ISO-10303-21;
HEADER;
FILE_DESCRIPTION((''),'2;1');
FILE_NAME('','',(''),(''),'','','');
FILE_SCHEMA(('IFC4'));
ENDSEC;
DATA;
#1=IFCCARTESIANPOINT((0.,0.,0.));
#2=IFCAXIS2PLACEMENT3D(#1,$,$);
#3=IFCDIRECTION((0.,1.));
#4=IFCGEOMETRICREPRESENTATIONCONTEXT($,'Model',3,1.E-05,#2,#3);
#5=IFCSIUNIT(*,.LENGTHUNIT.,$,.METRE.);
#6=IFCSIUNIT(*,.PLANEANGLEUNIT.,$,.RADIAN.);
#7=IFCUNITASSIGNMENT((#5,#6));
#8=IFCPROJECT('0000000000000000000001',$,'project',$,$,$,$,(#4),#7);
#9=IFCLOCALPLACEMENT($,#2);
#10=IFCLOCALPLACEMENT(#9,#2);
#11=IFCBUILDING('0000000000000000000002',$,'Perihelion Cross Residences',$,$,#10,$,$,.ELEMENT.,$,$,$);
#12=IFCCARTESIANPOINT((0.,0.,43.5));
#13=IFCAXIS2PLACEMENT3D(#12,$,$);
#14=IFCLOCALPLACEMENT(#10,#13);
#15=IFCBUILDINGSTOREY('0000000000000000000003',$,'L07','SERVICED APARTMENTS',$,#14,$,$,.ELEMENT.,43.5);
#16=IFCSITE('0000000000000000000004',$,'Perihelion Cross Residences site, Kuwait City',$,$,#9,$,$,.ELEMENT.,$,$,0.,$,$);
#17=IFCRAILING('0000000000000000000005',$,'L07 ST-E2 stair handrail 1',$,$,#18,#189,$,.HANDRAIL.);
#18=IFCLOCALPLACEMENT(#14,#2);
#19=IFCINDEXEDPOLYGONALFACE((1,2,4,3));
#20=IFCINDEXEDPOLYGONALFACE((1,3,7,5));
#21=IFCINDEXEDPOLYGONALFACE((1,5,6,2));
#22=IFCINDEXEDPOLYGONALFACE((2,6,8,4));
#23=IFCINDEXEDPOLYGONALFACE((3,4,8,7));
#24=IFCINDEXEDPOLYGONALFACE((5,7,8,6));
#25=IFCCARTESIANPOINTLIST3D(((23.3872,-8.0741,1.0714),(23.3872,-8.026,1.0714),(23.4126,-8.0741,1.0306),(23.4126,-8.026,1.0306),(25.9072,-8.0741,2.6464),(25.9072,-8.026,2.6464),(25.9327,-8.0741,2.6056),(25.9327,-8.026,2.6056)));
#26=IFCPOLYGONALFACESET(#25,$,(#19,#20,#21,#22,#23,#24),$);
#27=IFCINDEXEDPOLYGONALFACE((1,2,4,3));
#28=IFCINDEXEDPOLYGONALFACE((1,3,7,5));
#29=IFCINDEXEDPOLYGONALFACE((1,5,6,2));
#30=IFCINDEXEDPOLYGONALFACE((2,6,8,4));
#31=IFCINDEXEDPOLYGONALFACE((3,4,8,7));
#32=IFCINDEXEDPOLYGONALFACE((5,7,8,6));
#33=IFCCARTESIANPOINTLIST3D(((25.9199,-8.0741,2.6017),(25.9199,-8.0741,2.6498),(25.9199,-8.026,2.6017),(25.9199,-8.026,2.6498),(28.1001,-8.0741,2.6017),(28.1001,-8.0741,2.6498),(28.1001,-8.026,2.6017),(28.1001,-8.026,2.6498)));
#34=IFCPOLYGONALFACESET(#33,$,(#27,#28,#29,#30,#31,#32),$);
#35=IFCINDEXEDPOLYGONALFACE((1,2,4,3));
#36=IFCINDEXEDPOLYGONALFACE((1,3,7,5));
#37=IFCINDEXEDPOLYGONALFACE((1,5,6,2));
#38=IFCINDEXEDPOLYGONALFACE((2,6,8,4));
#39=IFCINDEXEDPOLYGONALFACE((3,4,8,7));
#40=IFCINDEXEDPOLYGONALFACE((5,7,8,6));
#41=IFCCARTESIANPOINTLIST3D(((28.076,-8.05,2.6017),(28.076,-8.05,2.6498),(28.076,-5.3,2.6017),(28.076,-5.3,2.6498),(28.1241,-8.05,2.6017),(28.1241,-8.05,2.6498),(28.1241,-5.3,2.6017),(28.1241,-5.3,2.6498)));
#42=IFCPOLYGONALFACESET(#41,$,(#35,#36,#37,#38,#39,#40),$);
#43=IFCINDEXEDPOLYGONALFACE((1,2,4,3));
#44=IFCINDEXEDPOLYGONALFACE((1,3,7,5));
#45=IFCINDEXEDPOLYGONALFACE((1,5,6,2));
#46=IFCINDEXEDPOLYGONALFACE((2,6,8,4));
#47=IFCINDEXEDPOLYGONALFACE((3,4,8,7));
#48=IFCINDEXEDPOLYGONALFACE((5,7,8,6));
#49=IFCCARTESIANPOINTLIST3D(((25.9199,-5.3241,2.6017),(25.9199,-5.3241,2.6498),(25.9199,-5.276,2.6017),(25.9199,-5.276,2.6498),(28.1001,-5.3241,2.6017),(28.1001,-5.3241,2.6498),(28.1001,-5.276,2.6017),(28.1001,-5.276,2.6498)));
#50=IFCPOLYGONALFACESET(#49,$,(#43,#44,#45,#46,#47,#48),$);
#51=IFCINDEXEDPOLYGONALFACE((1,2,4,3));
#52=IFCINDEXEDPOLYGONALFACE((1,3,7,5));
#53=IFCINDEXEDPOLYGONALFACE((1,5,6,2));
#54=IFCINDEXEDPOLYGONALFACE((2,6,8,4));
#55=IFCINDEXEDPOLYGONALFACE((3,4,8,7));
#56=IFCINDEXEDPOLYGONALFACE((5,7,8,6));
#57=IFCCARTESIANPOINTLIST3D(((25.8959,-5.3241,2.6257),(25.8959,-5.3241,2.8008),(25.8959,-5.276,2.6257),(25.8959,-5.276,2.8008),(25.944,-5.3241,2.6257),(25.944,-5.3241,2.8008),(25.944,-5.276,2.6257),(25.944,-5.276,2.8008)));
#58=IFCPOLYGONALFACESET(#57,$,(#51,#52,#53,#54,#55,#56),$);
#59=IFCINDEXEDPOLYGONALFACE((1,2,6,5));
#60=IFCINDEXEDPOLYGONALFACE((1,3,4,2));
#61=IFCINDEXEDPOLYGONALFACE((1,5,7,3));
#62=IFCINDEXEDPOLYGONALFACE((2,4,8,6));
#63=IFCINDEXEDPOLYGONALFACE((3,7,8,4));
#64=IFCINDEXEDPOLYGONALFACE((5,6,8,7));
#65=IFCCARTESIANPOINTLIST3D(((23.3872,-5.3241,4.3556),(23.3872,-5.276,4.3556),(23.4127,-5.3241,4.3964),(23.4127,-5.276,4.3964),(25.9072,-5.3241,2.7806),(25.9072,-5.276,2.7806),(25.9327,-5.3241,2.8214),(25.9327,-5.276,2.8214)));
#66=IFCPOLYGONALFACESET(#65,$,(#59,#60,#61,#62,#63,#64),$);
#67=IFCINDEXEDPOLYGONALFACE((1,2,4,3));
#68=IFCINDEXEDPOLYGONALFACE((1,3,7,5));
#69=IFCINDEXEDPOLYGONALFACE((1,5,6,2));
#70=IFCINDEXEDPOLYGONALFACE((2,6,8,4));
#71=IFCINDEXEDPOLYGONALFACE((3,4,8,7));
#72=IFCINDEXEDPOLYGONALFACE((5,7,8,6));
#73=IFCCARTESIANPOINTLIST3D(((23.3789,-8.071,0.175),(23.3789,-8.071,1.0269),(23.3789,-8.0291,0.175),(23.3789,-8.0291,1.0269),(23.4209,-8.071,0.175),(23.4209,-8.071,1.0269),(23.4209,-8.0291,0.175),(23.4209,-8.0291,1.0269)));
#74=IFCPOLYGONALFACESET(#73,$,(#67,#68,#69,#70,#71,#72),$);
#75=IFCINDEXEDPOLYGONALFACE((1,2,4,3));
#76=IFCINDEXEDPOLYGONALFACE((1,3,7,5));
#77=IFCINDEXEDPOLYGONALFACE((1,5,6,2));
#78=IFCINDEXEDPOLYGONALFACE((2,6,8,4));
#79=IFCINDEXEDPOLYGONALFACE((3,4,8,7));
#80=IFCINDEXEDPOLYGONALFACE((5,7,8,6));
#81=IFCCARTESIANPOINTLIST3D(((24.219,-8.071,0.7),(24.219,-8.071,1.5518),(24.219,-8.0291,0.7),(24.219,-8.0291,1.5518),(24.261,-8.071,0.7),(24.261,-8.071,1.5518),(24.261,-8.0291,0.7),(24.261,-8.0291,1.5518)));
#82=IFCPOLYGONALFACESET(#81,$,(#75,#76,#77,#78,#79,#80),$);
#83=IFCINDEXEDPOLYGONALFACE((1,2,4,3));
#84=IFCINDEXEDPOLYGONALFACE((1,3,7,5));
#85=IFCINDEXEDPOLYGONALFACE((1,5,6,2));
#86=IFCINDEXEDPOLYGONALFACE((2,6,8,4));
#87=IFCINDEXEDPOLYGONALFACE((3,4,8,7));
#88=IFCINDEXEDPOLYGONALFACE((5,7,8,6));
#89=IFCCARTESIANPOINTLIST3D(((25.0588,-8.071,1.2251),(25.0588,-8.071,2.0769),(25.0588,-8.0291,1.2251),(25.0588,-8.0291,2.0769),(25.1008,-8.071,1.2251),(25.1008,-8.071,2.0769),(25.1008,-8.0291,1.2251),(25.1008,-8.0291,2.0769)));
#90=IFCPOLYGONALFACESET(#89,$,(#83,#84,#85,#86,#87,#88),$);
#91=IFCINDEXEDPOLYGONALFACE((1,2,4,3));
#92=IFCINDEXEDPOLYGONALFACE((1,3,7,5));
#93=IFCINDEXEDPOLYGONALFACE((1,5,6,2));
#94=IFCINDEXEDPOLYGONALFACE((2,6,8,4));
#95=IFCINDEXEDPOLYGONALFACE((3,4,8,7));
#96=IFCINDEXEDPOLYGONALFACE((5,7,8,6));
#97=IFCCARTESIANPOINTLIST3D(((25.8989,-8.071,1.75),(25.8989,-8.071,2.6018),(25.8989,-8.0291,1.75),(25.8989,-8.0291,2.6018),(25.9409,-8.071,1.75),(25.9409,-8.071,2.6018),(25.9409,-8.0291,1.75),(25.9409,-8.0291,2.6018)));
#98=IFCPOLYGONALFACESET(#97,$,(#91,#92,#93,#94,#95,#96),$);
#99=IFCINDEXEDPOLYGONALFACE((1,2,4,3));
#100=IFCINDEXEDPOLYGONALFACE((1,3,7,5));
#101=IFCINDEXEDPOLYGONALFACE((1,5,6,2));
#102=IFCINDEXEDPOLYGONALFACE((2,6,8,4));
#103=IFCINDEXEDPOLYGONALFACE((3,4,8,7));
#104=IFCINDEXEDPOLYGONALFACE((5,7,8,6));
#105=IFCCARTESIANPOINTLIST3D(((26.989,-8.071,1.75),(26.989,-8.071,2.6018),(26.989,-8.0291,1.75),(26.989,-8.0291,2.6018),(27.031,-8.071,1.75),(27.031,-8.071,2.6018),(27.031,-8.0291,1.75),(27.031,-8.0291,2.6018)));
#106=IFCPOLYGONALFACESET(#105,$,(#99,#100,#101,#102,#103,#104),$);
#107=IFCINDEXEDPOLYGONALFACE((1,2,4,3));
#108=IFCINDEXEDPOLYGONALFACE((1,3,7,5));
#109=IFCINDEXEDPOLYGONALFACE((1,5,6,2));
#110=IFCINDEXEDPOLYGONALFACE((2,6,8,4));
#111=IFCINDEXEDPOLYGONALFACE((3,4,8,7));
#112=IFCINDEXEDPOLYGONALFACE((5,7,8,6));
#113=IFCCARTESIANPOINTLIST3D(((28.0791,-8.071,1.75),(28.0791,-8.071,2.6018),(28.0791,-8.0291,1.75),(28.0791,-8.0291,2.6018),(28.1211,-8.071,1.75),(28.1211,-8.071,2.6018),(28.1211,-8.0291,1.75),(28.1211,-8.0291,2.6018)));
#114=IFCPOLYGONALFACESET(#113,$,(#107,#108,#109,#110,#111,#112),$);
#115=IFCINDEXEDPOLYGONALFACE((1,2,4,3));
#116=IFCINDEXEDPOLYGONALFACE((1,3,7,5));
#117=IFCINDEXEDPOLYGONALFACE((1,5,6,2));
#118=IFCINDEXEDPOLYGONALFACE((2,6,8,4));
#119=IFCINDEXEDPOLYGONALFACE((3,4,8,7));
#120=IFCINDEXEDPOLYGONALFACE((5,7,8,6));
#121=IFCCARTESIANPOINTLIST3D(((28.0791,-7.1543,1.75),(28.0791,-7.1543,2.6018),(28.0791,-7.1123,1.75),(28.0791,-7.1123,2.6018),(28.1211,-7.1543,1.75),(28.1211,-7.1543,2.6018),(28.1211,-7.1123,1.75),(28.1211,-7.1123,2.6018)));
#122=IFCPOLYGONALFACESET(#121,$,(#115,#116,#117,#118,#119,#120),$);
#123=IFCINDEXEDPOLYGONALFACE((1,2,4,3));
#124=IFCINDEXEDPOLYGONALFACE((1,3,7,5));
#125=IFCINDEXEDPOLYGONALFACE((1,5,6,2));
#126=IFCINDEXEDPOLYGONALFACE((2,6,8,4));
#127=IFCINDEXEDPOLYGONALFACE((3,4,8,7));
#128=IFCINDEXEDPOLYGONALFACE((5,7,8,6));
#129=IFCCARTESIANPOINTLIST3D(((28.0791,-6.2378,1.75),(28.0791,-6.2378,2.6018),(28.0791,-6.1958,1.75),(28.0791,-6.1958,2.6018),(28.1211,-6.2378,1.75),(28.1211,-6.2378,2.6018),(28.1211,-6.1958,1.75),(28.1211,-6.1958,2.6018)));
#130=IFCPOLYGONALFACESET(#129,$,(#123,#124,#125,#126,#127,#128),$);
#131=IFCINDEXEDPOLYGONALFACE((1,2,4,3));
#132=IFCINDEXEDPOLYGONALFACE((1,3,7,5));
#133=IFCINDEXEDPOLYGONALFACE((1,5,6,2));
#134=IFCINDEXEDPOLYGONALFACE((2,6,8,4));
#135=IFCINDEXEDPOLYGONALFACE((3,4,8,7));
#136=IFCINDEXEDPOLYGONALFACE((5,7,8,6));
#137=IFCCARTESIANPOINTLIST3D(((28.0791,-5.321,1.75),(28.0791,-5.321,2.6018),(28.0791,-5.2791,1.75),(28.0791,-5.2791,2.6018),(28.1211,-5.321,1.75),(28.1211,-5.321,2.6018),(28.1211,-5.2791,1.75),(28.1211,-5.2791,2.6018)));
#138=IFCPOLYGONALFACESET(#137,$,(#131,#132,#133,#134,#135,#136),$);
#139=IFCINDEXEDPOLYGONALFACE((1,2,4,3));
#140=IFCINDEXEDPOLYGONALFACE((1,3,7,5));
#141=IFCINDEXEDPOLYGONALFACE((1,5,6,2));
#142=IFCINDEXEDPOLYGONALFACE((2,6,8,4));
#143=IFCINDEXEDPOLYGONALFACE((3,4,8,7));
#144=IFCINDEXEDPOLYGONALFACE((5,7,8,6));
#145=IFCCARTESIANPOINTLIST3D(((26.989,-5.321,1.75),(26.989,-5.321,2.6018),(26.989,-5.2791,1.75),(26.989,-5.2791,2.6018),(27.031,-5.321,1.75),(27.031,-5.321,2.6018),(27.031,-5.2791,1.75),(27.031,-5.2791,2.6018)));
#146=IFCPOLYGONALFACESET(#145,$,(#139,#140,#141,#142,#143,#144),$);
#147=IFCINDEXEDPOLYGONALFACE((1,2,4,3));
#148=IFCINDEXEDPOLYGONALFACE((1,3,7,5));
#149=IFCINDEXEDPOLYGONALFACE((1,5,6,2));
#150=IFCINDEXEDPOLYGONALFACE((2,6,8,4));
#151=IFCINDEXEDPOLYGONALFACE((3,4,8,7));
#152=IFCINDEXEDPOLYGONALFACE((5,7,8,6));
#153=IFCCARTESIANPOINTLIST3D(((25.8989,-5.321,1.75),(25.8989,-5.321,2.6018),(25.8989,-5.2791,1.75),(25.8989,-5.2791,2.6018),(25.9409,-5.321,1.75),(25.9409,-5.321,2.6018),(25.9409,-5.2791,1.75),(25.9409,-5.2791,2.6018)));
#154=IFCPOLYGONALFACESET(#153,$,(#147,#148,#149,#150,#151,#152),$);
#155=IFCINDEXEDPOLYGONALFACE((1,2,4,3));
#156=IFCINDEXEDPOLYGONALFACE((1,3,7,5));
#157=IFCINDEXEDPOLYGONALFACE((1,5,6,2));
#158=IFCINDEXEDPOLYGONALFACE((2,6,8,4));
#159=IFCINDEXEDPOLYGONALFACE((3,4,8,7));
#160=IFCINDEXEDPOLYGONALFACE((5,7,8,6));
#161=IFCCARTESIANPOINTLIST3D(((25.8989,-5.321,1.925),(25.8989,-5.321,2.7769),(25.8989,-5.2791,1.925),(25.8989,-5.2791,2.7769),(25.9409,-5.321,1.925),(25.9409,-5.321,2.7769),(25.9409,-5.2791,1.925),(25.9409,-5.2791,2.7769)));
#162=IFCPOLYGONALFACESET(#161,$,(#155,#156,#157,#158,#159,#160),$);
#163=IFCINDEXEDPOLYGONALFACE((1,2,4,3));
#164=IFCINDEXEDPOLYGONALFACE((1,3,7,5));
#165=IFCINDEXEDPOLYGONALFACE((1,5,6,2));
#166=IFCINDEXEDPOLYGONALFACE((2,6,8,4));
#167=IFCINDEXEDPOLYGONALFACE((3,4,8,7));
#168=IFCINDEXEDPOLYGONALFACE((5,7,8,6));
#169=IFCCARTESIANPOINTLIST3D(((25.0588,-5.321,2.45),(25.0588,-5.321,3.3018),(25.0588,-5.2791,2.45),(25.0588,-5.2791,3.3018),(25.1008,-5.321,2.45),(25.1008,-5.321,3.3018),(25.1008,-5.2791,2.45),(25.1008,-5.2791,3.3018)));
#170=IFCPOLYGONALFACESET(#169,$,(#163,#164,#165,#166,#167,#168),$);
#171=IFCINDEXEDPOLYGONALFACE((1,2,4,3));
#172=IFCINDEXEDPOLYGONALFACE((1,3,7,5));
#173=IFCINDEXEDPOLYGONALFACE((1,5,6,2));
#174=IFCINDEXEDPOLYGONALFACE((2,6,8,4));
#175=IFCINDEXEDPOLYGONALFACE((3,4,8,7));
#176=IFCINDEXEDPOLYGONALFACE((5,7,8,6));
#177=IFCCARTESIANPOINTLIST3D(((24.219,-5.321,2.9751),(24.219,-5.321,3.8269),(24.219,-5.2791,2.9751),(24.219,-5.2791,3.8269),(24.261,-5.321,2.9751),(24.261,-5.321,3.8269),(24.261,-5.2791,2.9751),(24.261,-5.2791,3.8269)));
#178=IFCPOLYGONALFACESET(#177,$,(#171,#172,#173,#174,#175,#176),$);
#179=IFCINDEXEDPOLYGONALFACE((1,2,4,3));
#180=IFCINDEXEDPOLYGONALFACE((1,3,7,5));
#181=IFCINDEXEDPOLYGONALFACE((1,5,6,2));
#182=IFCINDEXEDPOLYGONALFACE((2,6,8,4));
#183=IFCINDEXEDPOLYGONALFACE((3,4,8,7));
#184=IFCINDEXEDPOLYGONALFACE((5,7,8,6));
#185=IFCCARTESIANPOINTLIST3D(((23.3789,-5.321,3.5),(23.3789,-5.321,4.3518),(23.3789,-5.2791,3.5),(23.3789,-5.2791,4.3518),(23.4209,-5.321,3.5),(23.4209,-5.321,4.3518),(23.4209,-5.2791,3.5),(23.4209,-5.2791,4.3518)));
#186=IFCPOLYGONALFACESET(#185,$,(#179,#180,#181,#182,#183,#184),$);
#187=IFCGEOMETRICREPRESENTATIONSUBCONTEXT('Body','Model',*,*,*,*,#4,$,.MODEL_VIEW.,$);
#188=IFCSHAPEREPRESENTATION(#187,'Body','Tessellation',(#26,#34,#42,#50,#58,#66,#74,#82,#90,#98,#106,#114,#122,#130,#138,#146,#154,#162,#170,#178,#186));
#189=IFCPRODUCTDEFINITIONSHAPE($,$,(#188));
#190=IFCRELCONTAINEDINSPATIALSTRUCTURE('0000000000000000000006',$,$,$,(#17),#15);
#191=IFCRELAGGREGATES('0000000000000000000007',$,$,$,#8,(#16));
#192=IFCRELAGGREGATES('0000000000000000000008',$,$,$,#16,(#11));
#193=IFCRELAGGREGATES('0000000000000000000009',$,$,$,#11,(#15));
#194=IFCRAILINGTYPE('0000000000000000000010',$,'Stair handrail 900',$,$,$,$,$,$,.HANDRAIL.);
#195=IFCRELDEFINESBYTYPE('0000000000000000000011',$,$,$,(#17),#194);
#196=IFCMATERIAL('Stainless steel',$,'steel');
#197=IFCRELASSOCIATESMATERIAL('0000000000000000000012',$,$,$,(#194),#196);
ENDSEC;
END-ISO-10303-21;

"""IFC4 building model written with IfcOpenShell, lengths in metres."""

from ifc_helpers import new_model, si_unit, direction, frame, origin, origin_2d, place, context, subcontext, project, spatial, rectangle, extrude, material, type_object, element, save


model = new_model("IFC4")

# Units and contexts
model_context = context("Model", 3, precision=1e-05, world=origin(), true_north=direction((0.0, 1.0)))
body_context = subcontext(model_context, "Body", "Model", "MODEL_VIEW")
ifc_project = project(units=[si_unit("LENGTHUNIT", "METRE"), si_unit("PLANEANGLEUNIT", "RADIAN")], contexts=[model_context])

# Site, building, storey
site_placement = place(None, origin())
site = spatial("IfcSite", under=ifc_project, at=site_placement, Name="Perihelion Cross Residences site, Kuwait City", CompositionType="ELEMENT", RefElevation=0.0)
building_placement = place(site_placement, origin())
building = spatial("IfcBuilding", under=site, at=building_placement, Name="Perihelion Cross Residences", CompositionType="ELEMENT")
storey_placement = place(building_placement, frame((0.0, 0.0, 43.5)))
storey = spatial("IfcBuildingStorey", under=building, at=storey_placement, Name="L07", Description="SERVICED APARTMENTS", CompositionType="ELEMENT", Elevation=43.5)

# Railing
ifc_material_1 = material(Name="Stainless steel", Category="steel")
railing_type_1 = type_object("IfcRailingType", Name="Stair handrail 900", PredefinedType="HANDRAIL", material=ifc_material_1)
railing_1_placement = place(storey_placement, frame((23.3999, -8.05, 0.175)))
element("IfcRailing", 1, at=railing_1_placement, inside=storey, type_object=railing_type_1, Name="L07 ST-E2 stair handrail 1", PredefinedType="HANDRAIL", context=body_context, shape_type="SweptSolid", body=[
    extrude(rectangle(XDim=0.0481, YDim=0.0481, at=origin_2d()), frame((0.0, 0.0, 0.876), z_axis=(0.848008, 0.0, 0.529984), x_axis=(0.0, 1.0, 0.0)), (0.0, 0.0, 1.0), 2.9717),
    extrude(rectangle(XDim=0.0481, YDim=0.0481, at=origin_2d()), frame((2.52, 0.0, 2.4507), z_axis=(1.0, 0.0, 0.0), x_axis=(0.0, 1.0, 0.0)), (0.0, 0.0, 1.0), 2.1802),
    extrude(rectangle(XDim=0.0481, YDim=0.0481, at=origin_2d()), frame((4.7002, 0.0, 2.4507), z_axis=(0.0, 1.0, 0.0), x_axis=(-1.0, 0.0, 0.0)), (0.0, 0.0, 1.0), 2.75),
    extrude(rectangle(XDim=0.0481, YDim=0.0481, at=origin_2d()), frame((4.7002, 2.75, 2.4507), z_axis=(-1.0, 0.0, 0.0), x_axis=(0.0, -1.0, 0.0)), (0.0, 0.0, 1.0), 2.1802),
    extrude(rectangle(XDim=0.0481, YDim=0.0481, at=origin_2d()), frame((2.52, 2.75, 2.4507), z_axis=(0.0, 0.0, 1.0), x_axis=(1.0, 0.0, 0.0)), (0.0, 0.0, 1.0), 0.175),
    extrude(rectangle(XDim=0.0481, YDim=0.0481, at=origin_2d()), frame((2.52, 2.75, 2.626), z_axis=(-0.848008, 0.0, 0.529984), x_axis=(0.0, -1.0, 0.0)), (0.0, 0.0, 1.0), 2.9717),
    extrude(rectangle(XDim=0.042, YDim=0.042, at=origin_2d()), origin(), (0.0, 0.0, 1.0), 0.8518),
    extrude(rectangle(XDim=0.042, YDim=0.042, at=origin_2d()), frame((0.8401, 0.0, 0.5249)), (0.0, 0.0, 1.0), 0.8518),
    extrude(rectangle(XDim=0.042, YDim=0.042, at=origin_2d()), frame((1.6799, 0.0, 1.05)), (0.0, 0.0, 1.0), 0.8518),
    extrude(rectangle(XDim=0.042, YDim=0.042, at=origin_2d()), frame((2.52, 0.0, 1.575)), (0.0, 0.0, 1.0), 0.8518),
    extrude(rectangle(XDim=0.042, YDim=0.042, at=origin_2d()), frame((3.6101, 0.0, 1.575)), (0.0, 0.0, 1.0), 0.8518),
    extrude(rectangle(XDim=0.042, YDim=0.042, at=origin_2d()), frame((4.7002, 0.0, 1.575)), (0.0, 0.0, 1.0), 0.8518),
    extrude(rectangle(XDim=0.042, YDim=0.042, at=origin_2d()), frame((4.7002, 0.9167, 1.575)), (0.0, 0.0, 1.0), 0.8518),
    extrude(rectangle(XDim=0.042, YDim=0.042, at=origin_2d()), frame((4.7002, 1.8333, 1.575)), (0.0, 0.0, 1.0), 0.8518),
    extrude(rectangle(XDim=0.042, YDim=0.042, at=origin_2d()), frame((4.7002, 2.75, 1.575)), (0.0, 0.0, 1.0), 0.8518),
    extrude(rectangle(XDim=0.042, YDim=0.042, at=origin_2d()), frame((3.6101, 2.75, 1.575)), (0.0, 0.0, 1.0), 0.8518),
    extrude(rectangle(XDim=0.042, YDim=0.042, at=origin_2d()), frame((2.52, 2.75, 1.575)), (0.0, 0.0, 1.0), 0.8518),
    extrude(rectangle(XDim=0.042, YDim=0.042, at=origin_2d()), frame((2.52, 2.75, 1.75)), (0.0, 0.0, 1.0), 0.8518),
    extrude(rectangle(XDim=0.042, YDim=0.042, at=origin_2d()), frame((1.6799, 2.75, 2.2749)), (0.0, 0.0, 1.0), 0.8518),
    extrude(rectangle(XDim=0.042, YDim=0.042, at=origin_2d()), frame((0.8401, 2.75, 2.8)), (0.0, 0.0, 1.0), 0.8518),
    extrude(rectangle(XDim=0.042, YDim=0.042, at=origin_2d()), frame((0.0, 2.75, 3.325)), (0.0, 0.0, 1.0), 0.8518),
])

save(model, "model.ifc")
